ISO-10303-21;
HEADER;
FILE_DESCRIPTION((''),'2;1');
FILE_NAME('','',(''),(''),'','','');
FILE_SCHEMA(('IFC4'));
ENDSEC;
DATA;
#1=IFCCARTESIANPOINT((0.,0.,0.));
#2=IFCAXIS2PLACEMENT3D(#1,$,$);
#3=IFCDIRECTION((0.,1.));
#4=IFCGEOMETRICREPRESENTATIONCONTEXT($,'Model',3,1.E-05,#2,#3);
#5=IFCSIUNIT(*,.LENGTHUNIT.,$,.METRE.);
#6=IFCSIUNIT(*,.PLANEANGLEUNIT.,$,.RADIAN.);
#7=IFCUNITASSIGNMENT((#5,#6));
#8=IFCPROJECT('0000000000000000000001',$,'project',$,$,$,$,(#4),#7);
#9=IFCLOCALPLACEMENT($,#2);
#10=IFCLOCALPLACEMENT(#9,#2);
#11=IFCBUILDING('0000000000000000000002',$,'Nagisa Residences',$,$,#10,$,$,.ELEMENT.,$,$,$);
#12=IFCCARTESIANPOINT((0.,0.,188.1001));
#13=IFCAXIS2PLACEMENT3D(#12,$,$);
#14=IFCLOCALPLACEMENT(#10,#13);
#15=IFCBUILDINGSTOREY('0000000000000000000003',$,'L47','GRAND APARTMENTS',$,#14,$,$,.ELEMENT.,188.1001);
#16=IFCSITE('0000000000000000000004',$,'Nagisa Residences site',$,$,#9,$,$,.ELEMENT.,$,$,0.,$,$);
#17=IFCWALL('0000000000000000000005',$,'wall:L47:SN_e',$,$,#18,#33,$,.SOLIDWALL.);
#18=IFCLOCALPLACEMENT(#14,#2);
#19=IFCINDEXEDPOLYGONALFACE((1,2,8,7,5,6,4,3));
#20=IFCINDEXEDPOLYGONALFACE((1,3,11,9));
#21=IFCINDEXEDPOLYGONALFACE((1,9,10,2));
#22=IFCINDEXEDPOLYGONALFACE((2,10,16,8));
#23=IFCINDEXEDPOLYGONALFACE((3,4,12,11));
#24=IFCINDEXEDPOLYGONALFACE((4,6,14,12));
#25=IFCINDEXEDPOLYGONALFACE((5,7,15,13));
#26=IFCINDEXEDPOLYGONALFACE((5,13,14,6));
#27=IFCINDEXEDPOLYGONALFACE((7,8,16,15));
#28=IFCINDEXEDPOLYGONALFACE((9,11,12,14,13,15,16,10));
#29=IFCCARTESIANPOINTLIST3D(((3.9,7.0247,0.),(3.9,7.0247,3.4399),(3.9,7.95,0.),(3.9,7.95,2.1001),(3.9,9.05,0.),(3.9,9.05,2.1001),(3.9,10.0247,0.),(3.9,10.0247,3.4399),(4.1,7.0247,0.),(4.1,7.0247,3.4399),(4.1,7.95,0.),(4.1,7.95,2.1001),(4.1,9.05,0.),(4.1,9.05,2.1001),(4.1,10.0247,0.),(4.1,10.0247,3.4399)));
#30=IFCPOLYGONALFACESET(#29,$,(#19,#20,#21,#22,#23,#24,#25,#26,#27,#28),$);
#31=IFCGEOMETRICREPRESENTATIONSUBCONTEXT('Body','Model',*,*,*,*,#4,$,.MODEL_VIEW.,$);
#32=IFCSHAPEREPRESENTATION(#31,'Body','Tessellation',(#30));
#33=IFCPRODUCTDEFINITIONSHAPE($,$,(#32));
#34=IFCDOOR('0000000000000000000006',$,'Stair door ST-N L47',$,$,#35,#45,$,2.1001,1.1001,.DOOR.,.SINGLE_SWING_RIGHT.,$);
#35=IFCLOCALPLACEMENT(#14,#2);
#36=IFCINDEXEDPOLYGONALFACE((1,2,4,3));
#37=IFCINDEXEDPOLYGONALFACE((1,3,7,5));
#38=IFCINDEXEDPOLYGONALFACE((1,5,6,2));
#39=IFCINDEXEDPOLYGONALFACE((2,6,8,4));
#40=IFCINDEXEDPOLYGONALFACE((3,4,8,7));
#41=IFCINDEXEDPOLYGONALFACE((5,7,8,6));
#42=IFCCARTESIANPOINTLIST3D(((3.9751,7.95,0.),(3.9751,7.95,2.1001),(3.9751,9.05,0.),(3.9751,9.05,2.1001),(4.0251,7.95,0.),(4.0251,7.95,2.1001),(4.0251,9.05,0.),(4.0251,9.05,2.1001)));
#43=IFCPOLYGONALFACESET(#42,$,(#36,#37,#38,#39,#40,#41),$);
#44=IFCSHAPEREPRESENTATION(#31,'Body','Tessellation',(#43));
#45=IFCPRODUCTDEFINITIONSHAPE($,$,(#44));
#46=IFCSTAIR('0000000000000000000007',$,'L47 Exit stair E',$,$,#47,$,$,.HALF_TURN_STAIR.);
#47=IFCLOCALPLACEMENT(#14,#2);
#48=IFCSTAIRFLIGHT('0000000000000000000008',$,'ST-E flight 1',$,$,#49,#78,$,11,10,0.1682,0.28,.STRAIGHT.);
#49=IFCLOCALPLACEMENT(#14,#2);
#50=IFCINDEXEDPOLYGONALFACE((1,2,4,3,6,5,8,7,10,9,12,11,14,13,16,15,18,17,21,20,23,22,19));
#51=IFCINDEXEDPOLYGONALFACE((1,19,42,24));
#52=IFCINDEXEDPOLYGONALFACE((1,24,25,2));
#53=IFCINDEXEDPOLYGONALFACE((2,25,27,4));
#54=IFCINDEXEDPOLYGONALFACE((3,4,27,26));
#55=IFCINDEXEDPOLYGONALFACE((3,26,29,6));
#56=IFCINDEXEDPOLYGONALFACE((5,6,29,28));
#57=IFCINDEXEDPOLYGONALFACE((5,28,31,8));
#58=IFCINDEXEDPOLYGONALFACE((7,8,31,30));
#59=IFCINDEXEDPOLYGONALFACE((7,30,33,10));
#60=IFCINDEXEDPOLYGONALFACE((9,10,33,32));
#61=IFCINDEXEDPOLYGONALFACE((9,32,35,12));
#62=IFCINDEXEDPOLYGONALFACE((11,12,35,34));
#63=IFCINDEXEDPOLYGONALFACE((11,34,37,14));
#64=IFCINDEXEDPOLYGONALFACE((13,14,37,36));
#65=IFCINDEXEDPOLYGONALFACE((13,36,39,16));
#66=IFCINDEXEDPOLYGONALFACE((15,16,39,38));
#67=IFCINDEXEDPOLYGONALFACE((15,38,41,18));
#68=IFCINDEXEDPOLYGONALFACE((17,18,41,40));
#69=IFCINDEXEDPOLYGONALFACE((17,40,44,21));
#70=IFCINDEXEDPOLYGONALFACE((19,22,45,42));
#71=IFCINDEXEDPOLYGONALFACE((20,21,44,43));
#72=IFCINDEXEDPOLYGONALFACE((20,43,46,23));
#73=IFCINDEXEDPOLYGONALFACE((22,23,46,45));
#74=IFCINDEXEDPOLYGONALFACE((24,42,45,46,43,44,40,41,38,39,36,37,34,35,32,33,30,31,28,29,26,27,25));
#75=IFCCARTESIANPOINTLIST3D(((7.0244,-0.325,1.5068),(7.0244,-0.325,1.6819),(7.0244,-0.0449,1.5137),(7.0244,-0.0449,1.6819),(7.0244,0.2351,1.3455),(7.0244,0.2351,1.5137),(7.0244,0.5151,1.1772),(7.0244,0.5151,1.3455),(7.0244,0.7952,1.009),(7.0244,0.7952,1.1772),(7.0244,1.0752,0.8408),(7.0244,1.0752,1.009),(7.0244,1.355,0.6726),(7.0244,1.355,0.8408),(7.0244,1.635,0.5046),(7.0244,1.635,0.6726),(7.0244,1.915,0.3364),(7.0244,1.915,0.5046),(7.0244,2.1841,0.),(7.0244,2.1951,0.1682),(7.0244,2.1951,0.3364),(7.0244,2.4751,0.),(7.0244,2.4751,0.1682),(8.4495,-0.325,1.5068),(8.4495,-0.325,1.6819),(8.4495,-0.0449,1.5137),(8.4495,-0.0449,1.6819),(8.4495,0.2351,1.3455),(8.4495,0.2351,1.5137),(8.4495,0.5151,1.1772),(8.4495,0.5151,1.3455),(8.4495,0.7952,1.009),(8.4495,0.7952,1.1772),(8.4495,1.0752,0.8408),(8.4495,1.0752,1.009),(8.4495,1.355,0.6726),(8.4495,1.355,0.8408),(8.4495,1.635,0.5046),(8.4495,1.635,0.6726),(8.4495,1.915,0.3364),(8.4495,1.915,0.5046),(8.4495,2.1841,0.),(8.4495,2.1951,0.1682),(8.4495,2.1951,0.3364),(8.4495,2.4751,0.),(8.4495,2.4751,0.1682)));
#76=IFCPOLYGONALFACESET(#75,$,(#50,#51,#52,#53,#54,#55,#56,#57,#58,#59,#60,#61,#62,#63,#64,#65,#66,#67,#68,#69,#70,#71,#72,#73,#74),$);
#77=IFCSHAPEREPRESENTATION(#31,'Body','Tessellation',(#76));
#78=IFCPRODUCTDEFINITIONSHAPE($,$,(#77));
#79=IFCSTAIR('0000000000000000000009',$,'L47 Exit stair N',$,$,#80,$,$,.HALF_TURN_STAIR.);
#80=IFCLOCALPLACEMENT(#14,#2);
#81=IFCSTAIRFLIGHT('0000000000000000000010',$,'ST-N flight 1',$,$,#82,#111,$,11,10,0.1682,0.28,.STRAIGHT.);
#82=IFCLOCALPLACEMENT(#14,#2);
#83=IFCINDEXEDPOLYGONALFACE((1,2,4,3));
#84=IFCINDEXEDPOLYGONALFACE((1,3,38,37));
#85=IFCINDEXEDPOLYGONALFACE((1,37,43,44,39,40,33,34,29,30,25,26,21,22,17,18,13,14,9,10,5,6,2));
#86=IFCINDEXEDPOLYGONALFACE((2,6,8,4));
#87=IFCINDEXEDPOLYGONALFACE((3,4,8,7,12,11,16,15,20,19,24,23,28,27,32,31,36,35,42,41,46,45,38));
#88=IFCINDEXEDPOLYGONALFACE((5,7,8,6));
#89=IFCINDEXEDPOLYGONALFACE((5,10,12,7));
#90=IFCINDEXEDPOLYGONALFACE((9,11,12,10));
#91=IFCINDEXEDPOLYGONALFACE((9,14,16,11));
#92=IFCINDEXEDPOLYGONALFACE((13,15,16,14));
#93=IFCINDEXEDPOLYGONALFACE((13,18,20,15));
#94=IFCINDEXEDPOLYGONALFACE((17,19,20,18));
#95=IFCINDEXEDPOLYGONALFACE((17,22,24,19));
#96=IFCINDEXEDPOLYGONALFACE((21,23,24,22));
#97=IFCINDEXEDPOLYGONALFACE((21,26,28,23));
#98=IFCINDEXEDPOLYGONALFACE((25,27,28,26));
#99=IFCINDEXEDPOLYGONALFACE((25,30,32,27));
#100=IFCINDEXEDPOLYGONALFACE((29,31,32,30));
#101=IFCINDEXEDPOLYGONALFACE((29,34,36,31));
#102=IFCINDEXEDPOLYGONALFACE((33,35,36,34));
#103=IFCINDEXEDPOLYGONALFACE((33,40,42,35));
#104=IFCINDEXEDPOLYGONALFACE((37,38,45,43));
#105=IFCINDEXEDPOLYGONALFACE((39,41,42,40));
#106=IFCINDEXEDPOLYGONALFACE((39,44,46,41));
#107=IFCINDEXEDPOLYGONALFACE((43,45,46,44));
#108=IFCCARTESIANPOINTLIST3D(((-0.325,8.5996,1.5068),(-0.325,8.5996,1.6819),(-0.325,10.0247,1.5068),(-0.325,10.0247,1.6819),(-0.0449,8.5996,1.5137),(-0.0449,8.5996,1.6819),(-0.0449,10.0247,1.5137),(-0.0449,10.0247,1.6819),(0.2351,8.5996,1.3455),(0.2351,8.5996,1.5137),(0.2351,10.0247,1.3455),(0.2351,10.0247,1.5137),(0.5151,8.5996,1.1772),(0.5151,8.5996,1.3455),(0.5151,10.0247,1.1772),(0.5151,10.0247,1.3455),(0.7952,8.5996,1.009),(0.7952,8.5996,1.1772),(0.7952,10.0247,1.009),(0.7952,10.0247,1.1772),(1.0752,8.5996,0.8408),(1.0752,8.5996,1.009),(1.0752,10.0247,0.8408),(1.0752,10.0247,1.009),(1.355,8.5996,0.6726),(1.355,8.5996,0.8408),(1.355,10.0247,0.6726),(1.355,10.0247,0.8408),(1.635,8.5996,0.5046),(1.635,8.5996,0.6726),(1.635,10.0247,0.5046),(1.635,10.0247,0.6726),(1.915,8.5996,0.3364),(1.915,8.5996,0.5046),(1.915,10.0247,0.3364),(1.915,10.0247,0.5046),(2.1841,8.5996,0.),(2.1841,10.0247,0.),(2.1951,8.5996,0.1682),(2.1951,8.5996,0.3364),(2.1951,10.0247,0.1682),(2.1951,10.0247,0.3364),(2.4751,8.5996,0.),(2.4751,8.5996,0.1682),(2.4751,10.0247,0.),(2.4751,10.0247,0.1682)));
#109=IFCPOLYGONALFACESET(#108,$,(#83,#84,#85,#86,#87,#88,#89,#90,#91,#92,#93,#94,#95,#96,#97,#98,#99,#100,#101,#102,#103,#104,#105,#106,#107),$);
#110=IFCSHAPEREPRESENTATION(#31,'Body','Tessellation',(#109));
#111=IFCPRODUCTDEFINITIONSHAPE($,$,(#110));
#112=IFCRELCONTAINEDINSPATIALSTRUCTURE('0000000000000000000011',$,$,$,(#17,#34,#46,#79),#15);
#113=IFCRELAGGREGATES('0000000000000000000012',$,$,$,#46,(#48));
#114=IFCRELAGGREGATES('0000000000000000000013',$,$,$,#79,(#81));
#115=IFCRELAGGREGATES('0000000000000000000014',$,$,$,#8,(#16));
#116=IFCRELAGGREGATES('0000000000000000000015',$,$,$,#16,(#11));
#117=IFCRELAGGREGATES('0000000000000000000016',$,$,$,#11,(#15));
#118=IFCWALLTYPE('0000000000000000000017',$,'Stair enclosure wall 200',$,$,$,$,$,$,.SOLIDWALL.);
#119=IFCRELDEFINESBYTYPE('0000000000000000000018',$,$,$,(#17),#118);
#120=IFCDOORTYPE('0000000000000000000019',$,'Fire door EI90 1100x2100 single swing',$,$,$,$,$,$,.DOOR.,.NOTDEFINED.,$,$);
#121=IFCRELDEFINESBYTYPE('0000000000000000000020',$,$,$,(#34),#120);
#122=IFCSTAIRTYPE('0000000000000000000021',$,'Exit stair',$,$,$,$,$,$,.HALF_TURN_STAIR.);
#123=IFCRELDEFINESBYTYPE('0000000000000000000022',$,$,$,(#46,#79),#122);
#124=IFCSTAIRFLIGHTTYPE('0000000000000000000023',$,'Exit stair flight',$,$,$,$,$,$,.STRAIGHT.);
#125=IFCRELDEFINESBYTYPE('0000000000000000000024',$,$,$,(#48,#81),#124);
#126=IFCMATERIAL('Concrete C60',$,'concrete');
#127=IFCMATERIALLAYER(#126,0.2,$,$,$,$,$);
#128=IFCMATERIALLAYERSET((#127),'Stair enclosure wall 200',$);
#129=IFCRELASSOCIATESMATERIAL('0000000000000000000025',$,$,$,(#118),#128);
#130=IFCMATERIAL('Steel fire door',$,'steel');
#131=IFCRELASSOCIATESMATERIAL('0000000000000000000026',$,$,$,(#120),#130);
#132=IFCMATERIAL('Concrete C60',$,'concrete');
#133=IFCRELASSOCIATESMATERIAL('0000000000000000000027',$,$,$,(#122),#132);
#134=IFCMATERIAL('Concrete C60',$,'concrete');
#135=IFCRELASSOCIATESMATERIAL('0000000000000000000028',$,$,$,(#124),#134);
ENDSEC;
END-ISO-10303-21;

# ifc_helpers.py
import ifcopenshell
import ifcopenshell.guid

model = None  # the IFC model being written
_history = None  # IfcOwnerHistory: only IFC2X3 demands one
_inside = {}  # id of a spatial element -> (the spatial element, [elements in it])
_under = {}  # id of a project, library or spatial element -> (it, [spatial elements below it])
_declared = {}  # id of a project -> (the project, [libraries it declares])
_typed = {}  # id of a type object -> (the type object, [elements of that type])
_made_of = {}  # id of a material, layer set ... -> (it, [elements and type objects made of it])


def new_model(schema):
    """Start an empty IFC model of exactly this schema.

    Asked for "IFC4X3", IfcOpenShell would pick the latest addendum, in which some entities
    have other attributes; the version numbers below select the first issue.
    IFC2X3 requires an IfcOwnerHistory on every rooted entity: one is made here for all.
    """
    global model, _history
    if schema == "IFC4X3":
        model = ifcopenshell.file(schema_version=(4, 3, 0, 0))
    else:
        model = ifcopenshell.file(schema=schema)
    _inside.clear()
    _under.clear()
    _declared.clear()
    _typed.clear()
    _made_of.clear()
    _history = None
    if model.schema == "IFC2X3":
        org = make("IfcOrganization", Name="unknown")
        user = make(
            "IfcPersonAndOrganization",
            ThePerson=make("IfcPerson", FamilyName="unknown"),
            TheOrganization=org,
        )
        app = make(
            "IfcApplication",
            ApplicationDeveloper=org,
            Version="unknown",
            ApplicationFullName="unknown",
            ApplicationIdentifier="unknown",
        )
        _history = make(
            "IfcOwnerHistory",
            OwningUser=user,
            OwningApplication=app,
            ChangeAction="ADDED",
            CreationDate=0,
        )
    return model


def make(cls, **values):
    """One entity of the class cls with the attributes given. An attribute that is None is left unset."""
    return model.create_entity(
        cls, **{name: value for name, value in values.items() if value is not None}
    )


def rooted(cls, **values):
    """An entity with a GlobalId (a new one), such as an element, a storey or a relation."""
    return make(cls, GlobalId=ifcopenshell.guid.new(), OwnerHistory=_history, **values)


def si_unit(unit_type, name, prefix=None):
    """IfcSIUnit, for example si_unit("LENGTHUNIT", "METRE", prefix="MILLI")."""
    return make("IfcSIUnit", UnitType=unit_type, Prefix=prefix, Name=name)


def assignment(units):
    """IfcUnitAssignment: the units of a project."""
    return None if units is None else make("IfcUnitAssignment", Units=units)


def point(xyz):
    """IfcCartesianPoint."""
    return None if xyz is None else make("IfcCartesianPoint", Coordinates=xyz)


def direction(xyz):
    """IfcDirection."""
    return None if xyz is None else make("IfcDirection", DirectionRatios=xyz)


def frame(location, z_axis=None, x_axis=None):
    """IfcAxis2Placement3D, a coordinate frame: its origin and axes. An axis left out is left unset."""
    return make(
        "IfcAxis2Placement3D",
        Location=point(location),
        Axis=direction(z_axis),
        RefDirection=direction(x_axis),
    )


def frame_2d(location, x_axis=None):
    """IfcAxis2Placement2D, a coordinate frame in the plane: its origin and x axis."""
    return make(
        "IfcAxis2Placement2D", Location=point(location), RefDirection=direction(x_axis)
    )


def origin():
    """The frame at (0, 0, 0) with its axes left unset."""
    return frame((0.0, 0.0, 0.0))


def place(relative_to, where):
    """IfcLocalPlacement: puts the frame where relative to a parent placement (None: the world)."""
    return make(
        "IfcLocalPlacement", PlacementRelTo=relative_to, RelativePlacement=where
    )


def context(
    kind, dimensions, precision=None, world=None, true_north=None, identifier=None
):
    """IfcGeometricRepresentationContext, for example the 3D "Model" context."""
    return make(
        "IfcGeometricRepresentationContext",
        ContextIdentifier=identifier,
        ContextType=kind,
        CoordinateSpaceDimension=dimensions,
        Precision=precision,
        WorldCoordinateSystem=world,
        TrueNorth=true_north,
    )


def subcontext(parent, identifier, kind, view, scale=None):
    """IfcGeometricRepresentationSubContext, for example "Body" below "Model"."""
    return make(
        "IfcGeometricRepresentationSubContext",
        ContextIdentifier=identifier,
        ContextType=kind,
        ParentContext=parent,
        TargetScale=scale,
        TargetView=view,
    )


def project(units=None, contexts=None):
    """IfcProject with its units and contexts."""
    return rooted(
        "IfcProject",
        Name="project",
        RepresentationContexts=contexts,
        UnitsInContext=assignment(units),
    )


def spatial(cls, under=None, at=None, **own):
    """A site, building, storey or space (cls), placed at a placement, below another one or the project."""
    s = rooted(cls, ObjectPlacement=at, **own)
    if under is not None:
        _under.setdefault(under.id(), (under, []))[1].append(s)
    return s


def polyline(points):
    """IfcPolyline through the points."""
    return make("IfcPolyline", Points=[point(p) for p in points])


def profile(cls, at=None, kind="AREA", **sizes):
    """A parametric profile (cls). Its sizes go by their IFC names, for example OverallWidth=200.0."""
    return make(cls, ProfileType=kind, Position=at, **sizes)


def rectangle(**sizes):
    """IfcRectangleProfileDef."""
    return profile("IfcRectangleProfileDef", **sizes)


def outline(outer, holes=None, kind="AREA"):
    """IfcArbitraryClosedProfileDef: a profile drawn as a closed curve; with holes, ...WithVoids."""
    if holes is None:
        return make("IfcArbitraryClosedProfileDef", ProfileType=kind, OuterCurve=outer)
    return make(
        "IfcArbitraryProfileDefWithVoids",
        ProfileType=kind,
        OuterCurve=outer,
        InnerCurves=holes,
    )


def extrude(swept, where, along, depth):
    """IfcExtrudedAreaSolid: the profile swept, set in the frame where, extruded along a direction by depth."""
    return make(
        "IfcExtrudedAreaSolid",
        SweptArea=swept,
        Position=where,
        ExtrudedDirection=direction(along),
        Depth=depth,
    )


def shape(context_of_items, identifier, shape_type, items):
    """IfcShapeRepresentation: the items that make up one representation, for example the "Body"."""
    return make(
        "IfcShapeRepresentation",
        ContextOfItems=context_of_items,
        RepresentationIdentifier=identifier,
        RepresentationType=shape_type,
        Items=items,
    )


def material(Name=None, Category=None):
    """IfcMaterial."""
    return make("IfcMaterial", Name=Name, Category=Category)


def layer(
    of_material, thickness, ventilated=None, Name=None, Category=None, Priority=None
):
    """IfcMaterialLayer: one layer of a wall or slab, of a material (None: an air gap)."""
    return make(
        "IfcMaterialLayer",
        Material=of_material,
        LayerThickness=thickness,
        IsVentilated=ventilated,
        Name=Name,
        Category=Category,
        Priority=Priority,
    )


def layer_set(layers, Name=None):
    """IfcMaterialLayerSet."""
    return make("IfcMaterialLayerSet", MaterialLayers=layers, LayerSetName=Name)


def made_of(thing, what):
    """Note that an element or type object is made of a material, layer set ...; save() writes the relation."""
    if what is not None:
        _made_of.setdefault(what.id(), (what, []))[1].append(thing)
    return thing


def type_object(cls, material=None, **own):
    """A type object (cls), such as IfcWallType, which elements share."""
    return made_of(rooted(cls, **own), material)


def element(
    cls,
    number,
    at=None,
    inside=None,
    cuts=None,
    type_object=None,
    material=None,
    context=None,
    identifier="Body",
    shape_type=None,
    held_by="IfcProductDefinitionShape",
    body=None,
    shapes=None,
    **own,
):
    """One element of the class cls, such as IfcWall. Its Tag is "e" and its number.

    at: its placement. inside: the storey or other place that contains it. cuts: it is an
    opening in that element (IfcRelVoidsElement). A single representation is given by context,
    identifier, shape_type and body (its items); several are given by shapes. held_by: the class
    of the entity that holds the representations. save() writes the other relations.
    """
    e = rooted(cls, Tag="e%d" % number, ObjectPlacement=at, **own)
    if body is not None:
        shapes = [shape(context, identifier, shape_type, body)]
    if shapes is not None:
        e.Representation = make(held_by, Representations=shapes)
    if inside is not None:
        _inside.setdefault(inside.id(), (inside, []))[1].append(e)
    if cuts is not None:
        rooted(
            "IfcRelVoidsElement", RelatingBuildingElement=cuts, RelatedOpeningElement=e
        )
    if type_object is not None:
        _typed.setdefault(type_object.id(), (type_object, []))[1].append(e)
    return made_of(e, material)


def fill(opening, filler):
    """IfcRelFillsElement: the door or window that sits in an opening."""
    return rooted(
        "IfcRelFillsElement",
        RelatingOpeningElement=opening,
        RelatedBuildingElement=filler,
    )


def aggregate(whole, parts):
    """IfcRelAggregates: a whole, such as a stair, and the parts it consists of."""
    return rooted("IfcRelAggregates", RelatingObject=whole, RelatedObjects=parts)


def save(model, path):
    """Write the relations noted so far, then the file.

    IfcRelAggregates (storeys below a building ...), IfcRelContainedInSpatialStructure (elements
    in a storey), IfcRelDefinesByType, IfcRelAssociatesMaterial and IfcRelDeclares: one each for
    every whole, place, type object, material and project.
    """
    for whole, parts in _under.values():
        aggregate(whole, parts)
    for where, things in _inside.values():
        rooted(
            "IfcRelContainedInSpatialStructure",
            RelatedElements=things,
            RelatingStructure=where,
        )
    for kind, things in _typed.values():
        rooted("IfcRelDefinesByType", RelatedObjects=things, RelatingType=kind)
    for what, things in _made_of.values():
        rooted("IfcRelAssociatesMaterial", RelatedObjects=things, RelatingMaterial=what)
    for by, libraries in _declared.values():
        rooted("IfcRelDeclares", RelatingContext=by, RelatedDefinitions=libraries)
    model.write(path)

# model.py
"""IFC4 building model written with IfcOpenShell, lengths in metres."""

from ifc_helpers import new_model, si_unit, direction, frame, frame_2d, origin, place, context, subcontext, project, spatial, polyline, rectangle, outline, extrude, material, layer, layer_set, type_object, element, fill, aggregate, save


model = new_model("IFC4")

# Units and contexts
model_context = context("Model", 3, precision=1e-05, world=origin(), true_north=direction((0.0, 1.0)))
body_context = subcontext(model_context, "Body", "Model", "MODEL_VIEW")
ifc_project = project(units=[si_unit("LENGTHUNIT", "METRE"), si_unit("PLANEANGLEUNIT", "RADIAN")], contexts=[model_context])

# Site, building, storey
site_placement = place(None, origin())
site = spatial("IfcSite", under=ifc_project, at=site_placement, Name="Nagisa Residences site", CompositionType="ELEMENT", RefElevation=0.0)
building_placement = place(site_placement, origin())
building = spatial("IfcBuilding", under=site, at=building_placement, Name="Nagisa Residences", CompositionType="ELEMENT")
storey_placement = place(building_placement, frame((0.0, 0.0, 188.1001)))
storey = spatial("IfcBuildingStorey", under=building, at=storey_placement, Name="L47", Description="GRAND APARTMENTS", CompositionType="ELEMENT", Elevation=188.1001)

# Wall, opening, door
ifc_material_1 = material(Name="Concrete C60", Category="concrete")
ifc_layer_1 = layer(ifc_material_1, 0.2)
ifc_layer_set_1 = layer_set([ifc_layer_1], Name="Stair enclosure wall 200")
wall_type_1 = type_object("IfcWallType", Name="Stair enclosure wall 200", PredefinedType="SOLIDWALL", material=ifc_layer_set_1)
ifc_material_2 = material(Name="Steel fire door", Category="steel")
door_type_1 = type_object("IfcDoorType", Name="Fire door EI90 1100x2100 single swing", OperationType="NOTDEFINED", PredefinedType="DOOR", material=ifc_material_2)
wall_1_placement = place(storey_placement, frame((4.0, 7.0247, 0.0), z_axis=(0.0, 0.0, 1.0), x_axis=(0.0, 1.0, 0.0)))
wall_1 = element("IfcWall", 1, at=wall_1_placement, inside=storey, type_object=wall_type_1, Name="wall:L47:SN_e", PredefinedType="SOLIDWALL", context=body_context, shape_type="SweptSolid", body=[
    extrude(rectangle(XDim=3.0, YDim=0.2, at=frame_2d((1.5, 0.0))), origin(), (0.0, 0.0, 1.0), 3.4399),
])
opening_1_placement = place(wall_1_placement, frame((0.9253, 0.0, 0.0)))
opening_1 = element("IfcOpeningElement", 2, at=opening_1_placement, cuts=wall_1, PredefinedType="OPENING", context=body_context, shape_type="SweptSolid", body=[
    extrude(rectangle(XDim=1.1001, YDim=2.1001, at=frame_2d((0.55, 1.05))), frame((0.0, 0.1099, 0.0), z_axis=(0.0, -1.0, 0.0), x_axis=(1.0, 0.0, 0.0)), (0.0, 0.0, 1.0), 0.22),
])
door_1_placement = place(opening_1_placement, origin())
door_1 = element("IfcDoor", 3, at=door_1_placement, inside=storey, type_object=door_type_1, Name="Stair door ST-N L47", OperationType="SINGLE_SWING_RIGHT", OverallHeight=2.1001, OverallWidth=1.1001, PredefinedType="DOOR", context=body_context, shape_type="SweptSolid", body=[
    extrude(rectangle(XDim=1.1001, YDim=2.1001, at=frame_2d((0.55, 1.05))), frame((0.0, 0.0249, 0.0), z_axis=(0.0, -1.0, 0.0), x_axis=(1.0, 0.0, 0.0)), (0.0, 0.0, 1.0), 0.05),
])
fill(opening_1, door_1)

# Stairs, stair flights
ifc_material_3 = material(Name="Concrete C60", Category="concrete")
stair_type = type_object("IfcStairType", Name="Exit stair", PredefinedType="HALF_TURN_STAIR", material=ifc_material_3)
stair_1_placement = place(storey_placement, origin())
stair_1 = element("IfcStair", 4, at=stair_1_placement, inside=storey, type_object=stair_type, Name="L47 Exit stair E", PredefinedType="HALF_TURN_STAIR")
ifc_material_4 = material(Name="Concrete C60", Category="concrete")
stair_flight_type = type_object("IfcStairFlightType", Name="Exit stair flight", PredefinedType="STRAIGHT", material=ifc_material_4)
stair_flight_1_placement = place(storey_placement, frame((7.7371, 2.4751, 0.0), z_axis=(0.0, 0.0, 1.0), x_axis=(0.0, -1.0, 0.0)))
stair_flight_1 = element("IfcStairFlight", 5, at=stair_flight_1_placement, type_object=stair_flight_type, Name="ST-E flight 1", NumberOfRisers=11, NumberOfTreads=10, PredefinedType="STRAIGHT", RiserHeight=0.1682, TreadLength=0.28, context=body_context, shape_type="SweptSolid", body=[
    extrude(outline(polyline([(0.0, 0.0), (0.0, 0.1682), (0.28, 0.1682), (0.28, 0.3364), (0.5601, 0.3364), (0.5601, 0.5046), (0.8401, 0.5046), (0.8401, 0.6726), (1.1201, 0.6726), (1.1201, 0.8408), (1.3999, 0.8408), (1.3999, 1.009), (1.6799, 1.009), (1.6799, 1.1772), (1.96, 1.1772), (1.96, 1.3455), (2.24, 1.3455), (2.24, 1.5137), (2.52, 1.5137), (2.52, 1.6819), (2.8, 1.6819), (2.8, 1.8501), (2.8, 1.5068), (0.291, 0.0), (0.0, 0.0)])), frame((0.0, 0.7124, 0.0), z_axis=(0.0, -1.0, 0.0), x_axis=(1.0, 0.0, 0.0)), (0.0, 0.0, 1.0), 1.425),
])
aggregate(stair_1, [stair_flight_1])
stair_2_placement = place(storey_placement, origin())
stair_2 = element("IfcStair", 6, at=stair_2_placement, inside=storey, type_object=stair_type, Name="L47 Exit stair N", PredefinedType="HALF_TURN_STAIR")
stair_flight_2_placement = place(storey_placement, frame((2.4751, 9.312, 0.0), z_axis=(0.0, 0.0, 1.0), x_axis=(-1.0, 0.0, 0.0)))
stair_flight_2 = element("IfcStairFlight", 7, at=stair_flight_2_placement, type_object=stair_flight_type, Name="ST-N flight 1", NumberOfRisers=11, NumberOfTreads=10, PredefinedType="STRAIGHT", RiserHeight=0.1682, TreadLength=0.28, context=body_context, shape_type="SweptSolid", body=[
    extrude(outline(polyline([(0.0, 0.0), (0.0, 0.1682), (0.28, 0.1682), (0.28, 0.3364), (0.5601, 0.3364), (0.5601, 0.5046), (0.8401, 0.5046), (0.8401, 0.6726), (1.1201, 0.6726), (1.1201, 0.8408), (1.3999, 0.8408), (1.3999, 1.009), (1.6799, 1.009), (1.6799, 1.1772), (1.96, 1.1772), (1.96, 1.3455), (2.24, 1.3455), (2.24, 1.5137), (2.52, 1.5137), (2.52, 1.6819), (2.8, 1.6819), (2.8, 1.8501), (2.8, 1.5068), (0.291, 0.0), (0.0, 0.0)])), frame((0.0, 0.7124, 0.0), z_axis=(0.0, -1.0, 0.0), x_axis=(1.0, 0.0, 0.0)), (0.0, 0.0, 1.0), 1.425),
])
aggregate(stair_2, [stair_flight_2])

save(model, "model.ifc")
